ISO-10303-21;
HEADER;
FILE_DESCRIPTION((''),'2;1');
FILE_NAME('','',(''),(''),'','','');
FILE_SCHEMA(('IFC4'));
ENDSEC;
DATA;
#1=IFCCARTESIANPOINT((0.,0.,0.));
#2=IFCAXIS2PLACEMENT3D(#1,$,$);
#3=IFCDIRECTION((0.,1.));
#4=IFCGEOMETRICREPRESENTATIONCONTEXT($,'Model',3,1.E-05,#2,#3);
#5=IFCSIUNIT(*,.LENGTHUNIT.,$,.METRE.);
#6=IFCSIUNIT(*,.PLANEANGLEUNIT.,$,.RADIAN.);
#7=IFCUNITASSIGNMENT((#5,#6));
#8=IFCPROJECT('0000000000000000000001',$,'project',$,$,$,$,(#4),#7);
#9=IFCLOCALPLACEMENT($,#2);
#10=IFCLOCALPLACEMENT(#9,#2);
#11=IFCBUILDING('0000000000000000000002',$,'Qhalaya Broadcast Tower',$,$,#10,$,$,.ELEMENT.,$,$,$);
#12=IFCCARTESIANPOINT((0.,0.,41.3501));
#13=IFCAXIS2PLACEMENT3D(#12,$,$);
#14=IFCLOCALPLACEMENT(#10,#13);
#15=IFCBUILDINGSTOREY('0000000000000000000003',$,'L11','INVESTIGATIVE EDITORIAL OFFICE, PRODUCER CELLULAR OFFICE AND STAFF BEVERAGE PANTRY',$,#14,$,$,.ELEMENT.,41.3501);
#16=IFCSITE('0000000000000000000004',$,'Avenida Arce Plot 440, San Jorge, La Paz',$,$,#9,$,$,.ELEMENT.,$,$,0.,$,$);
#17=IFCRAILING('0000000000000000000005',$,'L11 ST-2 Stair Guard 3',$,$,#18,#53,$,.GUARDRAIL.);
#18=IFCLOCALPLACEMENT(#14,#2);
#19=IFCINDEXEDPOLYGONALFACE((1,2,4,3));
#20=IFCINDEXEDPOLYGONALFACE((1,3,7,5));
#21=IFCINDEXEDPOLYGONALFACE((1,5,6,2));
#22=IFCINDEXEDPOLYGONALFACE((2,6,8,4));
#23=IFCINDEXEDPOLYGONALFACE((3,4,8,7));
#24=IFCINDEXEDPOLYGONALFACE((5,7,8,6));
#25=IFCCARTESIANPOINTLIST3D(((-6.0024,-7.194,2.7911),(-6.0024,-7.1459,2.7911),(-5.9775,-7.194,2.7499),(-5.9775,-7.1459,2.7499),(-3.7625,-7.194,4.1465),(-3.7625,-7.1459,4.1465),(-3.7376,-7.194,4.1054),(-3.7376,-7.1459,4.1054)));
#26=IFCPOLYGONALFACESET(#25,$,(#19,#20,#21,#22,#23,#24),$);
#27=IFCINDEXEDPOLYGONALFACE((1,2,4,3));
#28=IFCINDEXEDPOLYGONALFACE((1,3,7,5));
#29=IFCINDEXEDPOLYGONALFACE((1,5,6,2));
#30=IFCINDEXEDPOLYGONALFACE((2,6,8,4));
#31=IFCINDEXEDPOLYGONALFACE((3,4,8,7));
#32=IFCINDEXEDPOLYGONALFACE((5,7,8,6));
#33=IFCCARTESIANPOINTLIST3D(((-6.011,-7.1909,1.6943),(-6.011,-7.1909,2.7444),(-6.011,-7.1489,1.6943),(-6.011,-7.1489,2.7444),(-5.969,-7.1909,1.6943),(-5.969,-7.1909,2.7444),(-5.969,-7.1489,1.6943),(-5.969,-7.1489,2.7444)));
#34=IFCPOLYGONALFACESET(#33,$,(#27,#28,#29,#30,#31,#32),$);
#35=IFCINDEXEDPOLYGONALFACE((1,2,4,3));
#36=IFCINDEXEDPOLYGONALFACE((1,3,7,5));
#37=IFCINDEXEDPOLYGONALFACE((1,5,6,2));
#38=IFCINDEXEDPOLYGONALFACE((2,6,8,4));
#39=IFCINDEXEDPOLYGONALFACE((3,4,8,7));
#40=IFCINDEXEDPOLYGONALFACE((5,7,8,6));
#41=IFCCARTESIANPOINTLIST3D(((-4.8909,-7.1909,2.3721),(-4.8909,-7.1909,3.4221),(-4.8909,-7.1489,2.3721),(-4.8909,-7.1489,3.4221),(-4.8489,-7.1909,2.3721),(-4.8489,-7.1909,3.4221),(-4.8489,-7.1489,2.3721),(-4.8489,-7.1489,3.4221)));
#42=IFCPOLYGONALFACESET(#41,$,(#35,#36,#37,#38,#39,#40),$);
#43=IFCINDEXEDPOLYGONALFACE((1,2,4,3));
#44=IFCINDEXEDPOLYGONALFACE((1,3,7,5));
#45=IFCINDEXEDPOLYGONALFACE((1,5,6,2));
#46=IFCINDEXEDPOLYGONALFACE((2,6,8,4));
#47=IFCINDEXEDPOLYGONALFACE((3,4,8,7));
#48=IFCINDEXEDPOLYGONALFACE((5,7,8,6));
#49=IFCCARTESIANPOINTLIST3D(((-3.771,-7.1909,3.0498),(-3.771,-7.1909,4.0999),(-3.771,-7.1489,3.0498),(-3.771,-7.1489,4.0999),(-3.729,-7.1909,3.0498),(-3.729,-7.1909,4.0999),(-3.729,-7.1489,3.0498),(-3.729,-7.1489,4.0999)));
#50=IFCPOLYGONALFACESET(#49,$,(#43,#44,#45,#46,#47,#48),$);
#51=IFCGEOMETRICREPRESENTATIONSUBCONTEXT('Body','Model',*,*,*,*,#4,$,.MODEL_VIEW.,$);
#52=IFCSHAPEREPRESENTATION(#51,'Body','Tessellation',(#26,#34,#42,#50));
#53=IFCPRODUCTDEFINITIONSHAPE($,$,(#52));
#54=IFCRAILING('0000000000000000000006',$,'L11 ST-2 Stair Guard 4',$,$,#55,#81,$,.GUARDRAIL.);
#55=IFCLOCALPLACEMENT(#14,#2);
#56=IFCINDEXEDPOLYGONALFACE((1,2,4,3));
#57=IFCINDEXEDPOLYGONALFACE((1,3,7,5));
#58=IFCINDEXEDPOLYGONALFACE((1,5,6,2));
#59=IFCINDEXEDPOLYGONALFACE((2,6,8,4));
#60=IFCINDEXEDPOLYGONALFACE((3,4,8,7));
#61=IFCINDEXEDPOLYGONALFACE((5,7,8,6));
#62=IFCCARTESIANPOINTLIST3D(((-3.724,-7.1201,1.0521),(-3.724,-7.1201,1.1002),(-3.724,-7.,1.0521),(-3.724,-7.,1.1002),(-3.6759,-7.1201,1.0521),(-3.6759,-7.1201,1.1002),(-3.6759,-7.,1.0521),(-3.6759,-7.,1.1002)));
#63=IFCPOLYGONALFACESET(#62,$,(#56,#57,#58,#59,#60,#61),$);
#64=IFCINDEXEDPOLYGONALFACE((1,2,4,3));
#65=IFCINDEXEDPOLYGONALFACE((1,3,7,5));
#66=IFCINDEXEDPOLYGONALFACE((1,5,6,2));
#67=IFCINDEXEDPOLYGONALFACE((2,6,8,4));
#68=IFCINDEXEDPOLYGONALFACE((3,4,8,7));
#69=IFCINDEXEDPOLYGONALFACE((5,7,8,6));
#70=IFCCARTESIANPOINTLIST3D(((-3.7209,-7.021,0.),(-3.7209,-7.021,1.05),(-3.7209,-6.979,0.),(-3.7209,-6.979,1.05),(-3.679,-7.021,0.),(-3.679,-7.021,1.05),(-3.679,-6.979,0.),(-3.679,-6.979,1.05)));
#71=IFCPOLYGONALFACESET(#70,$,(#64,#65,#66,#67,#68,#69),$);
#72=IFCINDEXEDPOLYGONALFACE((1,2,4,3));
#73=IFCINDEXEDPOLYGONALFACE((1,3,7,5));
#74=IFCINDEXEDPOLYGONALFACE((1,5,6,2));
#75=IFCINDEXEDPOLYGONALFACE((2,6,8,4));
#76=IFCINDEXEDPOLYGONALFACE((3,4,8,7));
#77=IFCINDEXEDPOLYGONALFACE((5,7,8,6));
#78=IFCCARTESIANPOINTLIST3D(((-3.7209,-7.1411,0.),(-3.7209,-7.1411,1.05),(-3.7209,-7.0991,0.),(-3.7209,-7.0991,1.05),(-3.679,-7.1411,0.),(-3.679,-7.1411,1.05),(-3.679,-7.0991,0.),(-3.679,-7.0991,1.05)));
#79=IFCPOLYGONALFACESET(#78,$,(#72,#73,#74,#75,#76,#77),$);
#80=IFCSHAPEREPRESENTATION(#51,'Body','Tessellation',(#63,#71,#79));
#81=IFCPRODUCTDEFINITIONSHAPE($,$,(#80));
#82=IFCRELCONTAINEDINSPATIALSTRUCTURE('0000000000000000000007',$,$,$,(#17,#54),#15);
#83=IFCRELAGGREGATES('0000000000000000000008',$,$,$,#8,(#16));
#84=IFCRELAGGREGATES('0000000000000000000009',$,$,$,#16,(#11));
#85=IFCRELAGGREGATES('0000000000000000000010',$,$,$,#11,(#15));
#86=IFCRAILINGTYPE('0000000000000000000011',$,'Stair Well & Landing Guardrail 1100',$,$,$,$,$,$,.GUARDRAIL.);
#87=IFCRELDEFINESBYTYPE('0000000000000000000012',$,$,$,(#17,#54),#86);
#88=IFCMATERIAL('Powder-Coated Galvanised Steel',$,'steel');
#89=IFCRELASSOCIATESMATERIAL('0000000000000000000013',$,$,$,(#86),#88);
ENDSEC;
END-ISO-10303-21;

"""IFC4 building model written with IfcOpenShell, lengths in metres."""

from ifc_helpers import new_model, si_unit, direction, frame, origin, origin_2d, place, context, subcontext, project, spatial, rectangle, extrude, material, type_object, element, save


model = new_model("IFC4")

# Units and contexts
model_context = context("Model", 3, precision=1e-05, world=origin(), true_north=direction((0.0, 1.0)))
body_context = subcontext(model_context, "Body", "Model", "MODEL_VIEW")
ifc_project = project(units=[si_unit("LENGTHUNIT", "METRE"), si_unit("PLANEANGLEUNIT", "RADIAN")], contexts=[model_context])

# Site, building, storey
site_placement = place(None, origin())
site = spatial("IfcSite", under=ifc_project, at=site_placement, Name="Avenida Arce Plot 440, San Jorge, La Paz", CompositionType="ELEMENT", RefElevation=0.0)
building_placement = place(site_placement, origin())
building = spatial("IfcBuilding", under=site, at=building_placement, Name="Qhalaya Broadcast Tower", CompositionType="ELEMENT")
storey_placement = place(building_placement, frame((0.0, 0.0, 41.3501)))
storey = spatial("IfcBuildingStorey", under=building, at=storey_placement, Name="L11", Description="INVESTIGATIVE EDITORIAL OFFICE, PRODUCER CELLULAR OFFICE AND STAFF BEVERAGE PANTRY", CompositionType="ELEMENT", Elevation=41.3501)

# Railings
ifc_material_1 = material(Name="Powder-Coated Galvanised Steel", Category="steel")
railing_type_1 = type_object("IfcRailingType", Name="Stair Well & Landing Guardrail 1100", PredefinedType="GUARDRAIL", material=ifc_material_1)
railing_1_placement = place(storey_placement, frame((-5.99, -7.1699, 1.6943)))
element("IfcRailing", 1, at=railing_1_placement, inside=storey, type_object=railing_type_1, Name="L11 ST-2 Stair Guard 3", PredefinedType="GUARDRAIL", context=body_context, shape_type="SweptSolid", body=[
    extrude(rectangle(XDim=0.0481, YDim=0.0481, at=origin_2d()), frame((0.0, 0.0, 1.0762), z_axis=(0.855553, 0.0, 0.517715), x_axis=(0.0, 1.0, 0.0)), (0.0, 0.0, 1.0), 2.6182),
    extrude(rectangle(XDim=0.042, YDim=0.042, at=origin_2d()), origin(), (0.0, 0.0, 1.0), 1.05),
    extrude(rectangle(XDim=0.042, YDim=0.042, at=origin_2d()), frame((1.1201, 0.0, 0.6777)), (0.0, 0.0, 1.0), 1.05),
    extrude(rectangle(XDim=0.042, YDim=0.042, at=origin_2d()), frame((2.24, 0.0, 1.3555)), (0.0, 0.0, 1.0), 1.05),
])
railing_2_placement = place(storey_placement, frame((-3.7, -7.0, 0.0)))
element("IfcRailing", 2, at=railing_2_placement, inside=storey, type_object=railing_type_1, Name="L11 ST-2 Stair Guard 4", PredefinedType="GUARDRAIL", context=body_context, shape_type="SweptSolid", body=[
    extrude(rectangle(XDim=0.0481, YDim=0.0481, at=origin_2d()), frame((0.0, 0.0, 1.0762), z_axis=(0.0, -1.0, 0.0), x_axis=(1.0, 0.0, 0.0)), (0.0, 0.0, 1.0), 0.1201),
    extrude(rectangle(XDim=0.042, YDim=0.042, at=origin_2d()), origin(), (0.0, 0.0, 1.0), 1.05),
    extrude(rectangle(XDim=0.042, YDim=0.042, at=origin_2d()), frame((0.0, -0.1201, 0.0)), (0.0, 0.0, 1.0), 1.05),
])

save(model, "model.ifc")
